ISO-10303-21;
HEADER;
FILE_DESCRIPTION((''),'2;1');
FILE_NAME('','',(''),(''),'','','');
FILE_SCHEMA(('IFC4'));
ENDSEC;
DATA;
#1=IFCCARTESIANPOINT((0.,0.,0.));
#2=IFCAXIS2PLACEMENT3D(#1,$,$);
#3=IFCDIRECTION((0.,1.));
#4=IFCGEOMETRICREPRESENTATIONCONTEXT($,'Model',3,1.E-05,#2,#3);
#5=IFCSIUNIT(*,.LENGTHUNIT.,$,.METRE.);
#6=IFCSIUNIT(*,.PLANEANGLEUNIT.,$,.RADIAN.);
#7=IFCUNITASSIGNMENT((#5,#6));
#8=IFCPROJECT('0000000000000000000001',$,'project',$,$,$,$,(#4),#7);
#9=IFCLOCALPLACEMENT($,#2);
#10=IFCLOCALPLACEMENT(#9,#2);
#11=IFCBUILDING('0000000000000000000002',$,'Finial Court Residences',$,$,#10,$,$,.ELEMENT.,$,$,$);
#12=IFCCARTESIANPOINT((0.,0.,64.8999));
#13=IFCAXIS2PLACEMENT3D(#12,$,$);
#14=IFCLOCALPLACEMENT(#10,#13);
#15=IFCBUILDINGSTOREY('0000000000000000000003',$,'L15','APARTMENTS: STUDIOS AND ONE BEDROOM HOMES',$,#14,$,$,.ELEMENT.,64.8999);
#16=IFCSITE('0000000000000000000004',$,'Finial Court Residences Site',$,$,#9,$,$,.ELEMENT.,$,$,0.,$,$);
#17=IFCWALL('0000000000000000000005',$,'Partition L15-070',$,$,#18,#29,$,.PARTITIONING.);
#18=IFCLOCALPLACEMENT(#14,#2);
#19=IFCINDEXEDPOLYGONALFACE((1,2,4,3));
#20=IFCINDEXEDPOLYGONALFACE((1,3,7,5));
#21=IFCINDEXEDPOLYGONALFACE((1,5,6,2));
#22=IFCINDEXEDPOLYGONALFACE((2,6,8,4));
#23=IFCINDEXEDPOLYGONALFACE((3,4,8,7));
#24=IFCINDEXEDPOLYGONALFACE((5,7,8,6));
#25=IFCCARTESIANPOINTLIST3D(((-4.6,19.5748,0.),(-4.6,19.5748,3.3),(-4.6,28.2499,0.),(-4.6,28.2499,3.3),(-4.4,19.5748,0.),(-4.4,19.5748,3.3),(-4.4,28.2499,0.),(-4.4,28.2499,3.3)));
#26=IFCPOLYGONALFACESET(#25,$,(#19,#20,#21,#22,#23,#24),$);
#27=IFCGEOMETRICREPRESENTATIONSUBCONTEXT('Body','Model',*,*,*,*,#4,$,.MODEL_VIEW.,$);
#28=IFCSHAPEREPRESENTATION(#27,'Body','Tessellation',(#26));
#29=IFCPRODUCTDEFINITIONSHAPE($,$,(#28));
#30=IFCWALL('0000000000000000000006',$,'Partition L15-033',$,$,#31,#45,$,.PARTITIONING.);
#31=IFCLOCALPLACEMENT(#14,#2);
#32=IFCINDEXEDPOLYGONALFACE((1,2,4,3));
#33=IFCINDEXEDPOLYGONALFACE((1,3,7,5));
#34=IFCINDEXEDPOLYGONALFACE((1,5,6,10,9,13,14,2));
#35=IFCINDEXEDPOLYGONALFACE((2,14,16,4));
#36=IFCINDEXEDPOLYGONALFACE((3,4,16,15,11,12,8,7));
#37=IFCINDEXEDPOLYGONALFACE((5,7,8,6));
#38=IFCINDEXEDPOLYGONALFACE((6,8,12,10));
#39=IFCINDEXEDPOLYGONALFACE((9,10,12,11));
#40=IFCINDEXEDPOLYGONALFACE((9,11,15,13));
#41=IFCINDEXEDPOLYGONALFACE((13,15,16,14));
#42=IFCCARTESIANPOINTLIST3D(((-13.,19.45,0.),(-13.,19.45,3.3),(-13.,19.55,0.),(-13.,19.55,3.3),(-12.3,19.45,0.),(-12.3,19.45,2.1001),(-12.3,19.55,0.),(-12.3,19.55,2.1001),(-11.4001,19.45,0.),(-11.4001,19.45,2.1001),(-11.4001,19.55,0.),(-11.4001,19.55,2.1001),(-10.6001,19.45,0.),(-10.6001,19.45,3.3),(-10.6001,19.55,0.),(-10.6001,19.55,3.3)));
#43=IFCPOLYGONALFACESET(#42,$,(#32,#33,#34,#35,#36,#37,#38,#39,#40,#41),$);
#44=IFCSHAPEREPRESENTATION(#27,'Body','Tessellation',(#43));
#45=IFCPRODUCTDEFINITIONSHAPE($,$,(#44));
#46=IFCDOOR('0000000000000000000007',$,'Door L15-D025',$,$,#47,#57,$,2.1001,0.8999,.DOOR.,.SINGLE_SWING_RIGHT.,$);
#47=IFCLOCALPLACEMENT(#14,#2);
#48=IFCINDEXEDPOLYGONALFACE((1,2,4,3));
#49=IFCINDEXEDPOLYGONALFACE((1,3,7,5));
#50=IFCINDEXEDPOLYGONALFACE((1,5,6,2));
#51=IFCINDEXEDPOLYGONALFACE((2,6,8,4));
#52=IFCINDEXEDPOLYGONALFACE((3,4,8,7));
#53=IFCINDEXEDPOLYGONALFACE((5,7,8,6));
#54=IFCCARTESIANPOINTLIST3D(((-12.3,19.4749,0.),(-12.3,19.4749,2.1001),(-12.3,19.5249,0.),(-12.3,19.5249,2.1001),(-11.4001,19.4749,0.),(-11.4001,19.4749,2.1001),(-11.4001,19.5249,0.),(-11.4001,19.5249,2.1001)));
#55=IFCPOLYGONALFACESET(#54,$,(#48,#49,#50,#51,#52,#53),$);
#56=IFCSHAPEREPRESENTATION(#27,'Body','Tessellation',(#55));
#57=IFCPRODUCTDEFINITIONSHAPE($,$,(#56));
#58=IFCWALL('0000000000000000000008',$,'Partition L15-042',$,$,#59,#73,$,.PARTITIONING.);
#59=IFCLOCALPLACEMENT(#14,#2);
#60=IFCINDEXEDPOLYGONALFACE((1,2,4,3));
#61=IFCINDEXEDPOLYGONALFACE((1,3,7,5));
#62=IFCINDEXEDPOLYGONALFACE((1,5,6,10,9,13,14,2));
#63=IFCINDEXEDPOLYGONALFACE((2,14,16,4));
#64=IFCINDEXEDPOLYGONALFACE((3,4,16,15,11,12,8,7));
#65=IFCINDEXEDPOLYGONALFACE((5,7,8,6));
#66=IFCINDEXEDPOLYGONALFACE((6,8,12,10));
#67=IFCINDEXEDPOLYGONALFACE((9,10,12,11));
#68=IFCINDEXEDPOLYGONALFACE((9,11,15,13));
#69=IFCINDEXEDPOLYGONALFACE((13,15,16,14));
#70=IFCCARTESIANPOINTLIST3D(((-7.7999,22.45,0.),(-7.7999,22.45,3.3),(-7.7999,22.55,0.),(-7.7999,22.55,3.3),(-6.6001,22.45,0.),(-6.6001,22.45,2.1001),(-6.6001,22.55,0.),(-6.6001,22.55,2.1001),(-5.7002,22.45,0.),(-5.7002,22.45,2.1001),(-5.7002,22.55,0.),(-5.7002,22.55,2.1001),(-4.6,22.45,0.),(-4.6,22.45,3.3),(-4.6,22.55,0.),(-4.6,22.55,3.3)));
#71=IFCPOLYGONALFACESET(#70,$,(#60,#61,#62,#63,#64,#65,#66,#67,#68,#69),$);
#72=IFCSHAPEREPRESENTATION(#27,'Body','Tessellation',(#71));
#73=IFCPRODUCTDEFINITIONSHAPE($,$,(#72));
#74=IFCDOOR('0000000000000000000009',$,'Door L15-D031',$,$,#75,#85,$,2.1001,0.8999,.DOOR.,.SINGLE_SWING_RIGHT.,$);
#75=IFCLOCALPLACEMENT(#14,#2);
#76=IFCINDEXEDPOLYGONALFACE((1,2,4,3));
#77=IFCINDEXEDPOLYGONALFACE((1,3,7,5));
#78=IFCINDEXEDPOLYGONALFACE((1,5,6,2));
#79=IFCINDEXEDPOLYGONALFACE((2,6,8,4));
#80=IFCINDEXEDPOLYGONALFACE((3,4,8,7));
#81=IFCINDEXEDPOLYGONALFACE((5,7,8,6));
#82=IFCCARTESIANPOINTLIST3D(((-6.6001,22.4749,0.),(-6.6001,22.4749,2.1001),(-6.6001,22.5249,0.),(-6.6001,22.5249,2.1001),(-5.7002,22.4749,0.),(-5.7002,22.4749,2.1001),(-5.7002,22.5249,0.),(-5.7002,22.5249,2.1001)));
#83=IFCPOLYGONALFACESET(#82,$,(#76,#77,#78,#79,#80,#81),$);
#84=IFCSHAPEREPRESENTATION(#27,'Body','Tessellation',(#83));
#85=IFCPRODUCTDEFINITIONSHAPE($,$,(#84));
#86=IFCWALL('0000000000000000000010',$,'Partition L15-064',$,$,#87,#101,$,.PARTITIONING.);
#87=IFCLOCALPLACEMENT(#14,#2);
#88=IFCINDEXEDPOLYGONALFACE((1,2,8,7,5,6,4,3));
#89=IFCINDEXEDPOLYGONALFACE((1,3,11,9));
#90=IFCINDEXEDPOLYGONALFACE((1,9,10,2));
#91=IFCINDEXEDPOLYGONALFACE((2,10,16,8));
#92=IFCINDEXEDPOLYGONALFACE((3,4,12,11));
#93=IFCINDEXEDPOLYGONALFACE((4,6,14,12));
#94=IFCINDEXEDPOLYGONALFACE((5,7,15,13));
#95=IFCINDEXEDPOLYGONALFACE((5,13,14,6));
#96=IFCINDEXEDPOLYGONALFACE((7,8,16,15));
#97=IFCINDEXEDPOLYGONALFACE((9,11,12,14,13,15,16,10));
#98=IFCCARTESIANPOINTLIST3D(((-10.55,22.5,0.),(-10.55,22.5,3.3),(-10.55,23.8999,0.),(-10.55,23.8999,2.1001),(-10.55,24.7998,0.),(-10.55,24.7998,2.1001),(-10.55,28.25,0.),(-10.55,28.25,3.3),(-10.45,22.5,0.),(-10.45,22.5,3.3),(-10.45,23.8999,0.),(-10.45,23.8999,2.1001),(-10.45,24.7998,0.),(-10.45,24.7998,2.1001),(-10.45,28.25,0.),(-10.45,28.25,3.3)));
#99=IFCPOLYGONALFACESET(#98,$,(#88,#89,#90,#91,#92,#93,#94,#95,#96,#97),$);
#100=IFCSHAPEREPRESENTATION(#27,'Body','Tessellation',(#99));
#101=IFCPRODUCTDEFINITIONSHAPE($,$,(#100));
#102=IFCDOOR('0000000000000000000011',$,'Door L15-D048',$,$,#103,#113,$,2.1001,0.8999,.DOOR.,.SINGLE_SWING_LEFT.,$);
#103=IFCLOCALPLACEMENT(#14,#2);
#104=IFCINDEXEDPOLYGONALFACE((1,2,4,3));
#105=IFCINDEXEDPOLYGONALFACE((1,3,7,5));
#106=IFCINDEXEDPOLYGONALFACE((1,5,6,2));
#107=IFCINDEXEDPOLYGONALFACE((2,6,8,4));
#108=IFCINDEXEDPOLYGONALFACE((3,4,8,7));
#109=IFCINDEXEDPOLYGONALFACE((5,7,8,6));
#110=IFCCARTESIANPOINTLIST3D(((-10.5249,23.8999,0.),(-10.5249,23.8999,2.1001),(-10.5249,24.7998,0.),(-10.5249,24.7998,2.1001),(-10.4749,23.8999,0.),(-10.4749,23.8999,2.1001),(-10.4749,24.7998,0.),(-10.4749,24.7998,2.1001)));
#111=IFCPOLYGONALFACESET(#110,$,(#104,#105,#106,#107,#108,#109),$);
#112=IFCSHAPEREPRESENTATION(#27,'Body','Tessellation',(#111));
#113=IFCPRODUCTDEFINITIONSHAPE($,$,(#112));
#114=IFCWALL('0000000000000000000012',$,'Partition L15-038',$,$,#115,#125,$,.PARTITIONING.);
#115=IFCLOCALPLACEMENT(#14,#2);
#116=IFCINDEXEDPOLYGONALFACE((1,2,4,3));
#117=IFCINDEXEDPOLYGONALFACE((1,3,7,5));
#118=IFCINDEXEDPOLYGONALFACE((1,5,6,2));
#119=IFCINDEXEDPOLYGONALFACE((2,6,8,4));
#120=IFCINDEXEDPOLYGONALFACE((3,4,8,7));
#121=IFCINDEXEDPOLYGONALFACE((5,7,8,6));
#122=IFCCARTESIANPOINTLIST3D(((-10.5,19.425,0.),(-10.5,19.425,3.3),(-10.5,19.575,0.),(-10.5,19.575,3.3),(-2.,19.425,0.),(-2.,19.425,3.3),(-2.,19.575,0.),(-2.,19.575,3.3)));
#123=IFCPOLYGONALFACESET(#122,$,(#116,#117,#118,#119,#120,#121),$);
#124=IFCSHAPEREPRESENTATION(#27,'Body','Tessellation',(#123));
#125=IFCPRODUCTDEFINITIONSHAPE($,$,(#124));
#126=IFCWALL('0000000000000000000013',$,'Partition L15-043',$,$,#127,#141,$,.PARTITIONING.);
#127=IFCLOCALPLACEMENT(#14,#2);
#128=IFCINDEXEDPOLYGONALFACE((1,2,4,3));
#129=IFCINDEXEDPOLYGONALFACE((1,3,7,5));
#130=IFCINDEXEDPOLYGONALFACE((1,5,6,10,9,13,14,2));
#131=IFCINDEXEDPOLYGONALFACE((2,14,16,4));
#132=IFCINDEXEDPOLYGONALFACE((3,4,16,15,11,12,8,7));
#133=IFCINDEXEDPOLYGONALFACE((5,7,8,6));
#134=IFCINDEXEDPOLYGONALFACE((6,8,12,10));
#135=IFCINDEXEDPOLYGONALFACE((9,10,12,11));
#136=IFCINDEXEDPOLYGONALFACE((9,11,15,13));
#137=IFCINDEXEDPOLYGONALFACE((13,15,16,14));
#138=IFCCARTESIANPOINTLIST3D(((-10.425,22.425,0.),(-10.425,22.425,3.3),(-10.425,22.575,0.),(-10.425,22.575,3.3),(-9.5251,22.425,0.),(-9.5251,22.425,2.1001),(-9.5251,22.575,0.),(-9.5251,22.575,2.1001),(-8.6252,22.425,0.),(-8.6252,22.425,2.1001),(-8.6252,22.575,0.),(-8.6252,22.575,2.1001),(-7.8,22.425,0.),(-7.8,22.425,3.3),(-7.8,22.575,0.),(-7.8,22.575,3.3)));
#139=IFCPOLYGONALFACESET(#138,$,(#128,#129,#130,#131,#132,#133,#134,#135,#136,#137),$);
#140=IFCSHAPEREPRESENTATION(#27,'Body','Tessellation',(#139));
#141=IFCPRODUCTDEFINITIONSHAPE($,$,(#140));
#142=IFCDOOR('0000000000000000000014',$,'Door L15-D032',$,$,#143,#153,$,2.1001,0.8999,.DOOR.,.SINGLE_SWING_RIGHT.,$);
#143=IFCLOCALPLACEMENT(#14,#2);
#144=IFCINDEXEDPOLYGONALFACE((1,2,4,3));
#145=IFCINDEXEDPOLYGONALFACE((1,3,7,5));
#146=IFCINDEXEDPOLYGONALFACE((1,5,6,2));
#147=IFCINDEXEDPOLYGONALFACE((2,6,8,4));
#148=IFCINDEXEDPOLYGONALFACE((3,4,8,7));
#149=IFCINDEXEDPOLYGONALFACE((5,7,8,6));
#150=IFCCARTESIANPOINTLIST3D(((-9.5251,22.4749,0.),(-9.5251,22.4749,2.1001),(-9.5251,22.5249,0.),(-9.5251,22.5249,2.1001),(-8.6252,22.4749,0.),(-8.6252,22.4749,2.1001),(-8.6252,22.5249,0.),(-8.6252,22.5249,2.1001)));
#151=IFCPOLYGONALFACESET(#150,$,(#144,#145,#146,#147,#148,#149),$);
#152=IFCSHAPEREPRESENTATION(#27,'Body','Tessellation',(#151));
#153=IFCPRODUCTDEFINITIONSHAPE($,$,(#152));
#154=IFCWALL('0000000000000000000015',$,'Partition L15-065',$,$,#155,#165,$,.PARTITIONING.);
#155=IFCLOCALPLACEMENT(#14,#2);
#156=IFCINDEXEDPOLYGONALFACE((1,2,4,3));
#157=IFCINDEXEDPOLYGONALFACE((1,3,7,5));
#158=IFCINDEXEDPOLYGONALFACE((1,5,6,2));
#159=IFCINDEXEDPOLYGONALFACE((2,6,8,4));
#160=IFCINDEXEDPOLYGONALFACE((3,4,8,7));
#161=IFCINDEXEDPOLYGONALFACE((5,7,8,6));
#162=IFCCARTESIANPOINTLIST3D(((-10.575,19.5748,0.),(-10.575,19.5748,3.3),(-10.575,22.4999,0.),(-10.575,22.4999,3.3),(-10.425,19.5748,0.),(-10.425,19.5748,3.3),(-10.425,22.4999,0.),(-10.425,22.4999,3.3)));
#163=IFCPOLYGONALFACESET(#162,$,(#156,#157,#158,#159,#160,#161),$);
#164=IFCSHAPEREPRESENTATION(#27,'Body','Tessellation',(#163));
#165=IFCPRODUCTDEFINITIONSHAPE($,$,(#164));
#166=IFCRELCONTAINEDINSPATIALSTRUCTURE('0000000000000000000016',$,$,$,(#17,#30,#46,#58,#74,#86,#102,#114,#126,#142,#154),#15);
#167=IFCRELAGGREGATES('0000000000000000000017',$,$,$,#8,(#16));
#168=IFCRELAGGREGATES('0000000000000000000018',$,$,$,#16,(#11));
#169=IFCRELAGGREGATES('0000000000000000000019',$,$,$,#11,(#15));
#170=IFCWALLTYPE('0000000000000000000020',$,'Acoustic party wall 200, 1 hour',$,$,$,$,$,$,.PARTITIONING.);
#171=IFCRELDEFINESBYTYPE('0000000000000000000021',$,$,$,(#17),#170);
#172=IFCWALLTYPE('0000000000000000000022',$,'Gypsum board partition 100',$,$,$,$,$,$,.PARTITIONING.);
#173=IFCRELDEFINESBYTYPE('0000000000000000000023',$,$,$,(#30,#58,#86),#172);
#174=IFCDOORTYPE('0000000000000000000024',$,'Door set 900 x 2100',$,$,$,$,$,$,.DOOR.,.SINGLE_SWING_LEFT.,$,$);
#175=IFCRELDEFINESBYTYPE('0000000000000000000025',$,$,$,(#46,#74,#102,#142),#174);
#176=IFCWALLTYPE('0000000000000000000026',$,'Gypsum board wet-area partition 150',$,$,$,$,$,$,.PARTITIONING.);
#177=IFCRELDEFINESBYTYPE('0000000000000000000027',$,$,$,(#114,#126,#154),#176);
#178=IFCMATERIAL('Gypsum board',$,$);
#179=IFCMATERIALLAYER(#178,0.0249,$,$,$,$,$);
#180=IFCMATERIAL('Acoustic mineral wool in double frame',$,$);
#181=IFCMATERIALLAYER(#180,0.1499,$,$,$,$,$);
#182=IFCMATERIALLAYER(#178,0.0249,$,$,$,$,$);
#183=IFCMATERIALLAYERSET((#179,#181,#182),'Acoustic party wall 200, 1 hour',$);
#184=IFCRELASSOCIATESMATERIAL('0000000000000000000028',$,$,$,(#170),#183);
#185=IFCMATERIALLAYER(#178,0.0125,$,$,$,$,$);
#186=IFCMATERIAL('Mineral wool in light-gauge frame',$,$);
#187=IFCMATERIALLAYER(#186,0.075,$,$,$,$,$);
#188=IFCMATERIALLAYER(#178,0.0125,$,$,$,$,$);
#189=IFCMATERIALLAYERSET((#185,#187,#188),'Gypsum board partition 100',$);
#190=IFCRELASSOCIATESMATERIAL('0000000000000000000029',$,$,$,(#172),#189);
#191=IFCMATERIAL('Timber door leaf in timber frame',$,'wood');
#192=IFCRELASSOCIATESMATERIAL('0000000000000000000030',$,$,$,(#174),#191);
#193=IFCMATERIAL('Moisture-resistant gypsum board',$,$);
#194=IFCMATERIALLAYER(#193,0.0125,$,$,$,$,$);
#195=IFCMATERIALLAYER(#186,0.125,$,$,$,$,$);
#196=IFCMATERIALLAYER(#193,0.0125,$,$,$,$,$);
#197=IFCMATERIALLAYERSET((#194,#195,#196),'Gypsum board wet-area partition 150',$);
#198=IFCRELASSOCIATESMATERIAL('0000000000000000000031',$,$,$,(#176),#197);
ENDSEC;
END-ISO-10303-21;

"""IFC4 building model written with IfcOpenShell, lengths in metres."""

from ifc_helpers import new_model, si_unit, direction, frame, frame_2d, origin, place, context, subcontext, project, spatial, rectangle, extrude, material, layer, layer_set, type_object, element, fill, save


model = new_model("IFC4")

# Units and contexts
model_context = context("Model", 3, precision=1e-05, world=origin(), true_north=direction((0.0, 1.0)))
body_context = subcontext(model_context, "Body", "Model", "MODEL_VIEW")
ifc_project = project(units=[si_unit("LENGTHUNIT", "METRE"), si_unit("PLANEANGLEUNIT", "RADIAN")], contexts=[model_context])

# Site, building, storey
site_placement = place(None, origin())
site = spatial("IfcSite", under=ifc_project, at=site_placement, Name="Finial Court Residences Site", CompositionType="ELEMENT", RefElevation=0.0)
building_placement = place(site_placement, origin())
building = spatial("IfcBuilding", under=site, at=building_placement, Name="Finial Court Residences", CompositionType="ELEMENT")
storey_placement = place(building_placement, frame((0.0, 0.0, 64.8999)))
storey = spatial("IfcBuildingStorey", under=building, at=storey_placement, Name="L15", Description="APARTMENTS: STUDIOS AND ONE BEDROOM HOMES", CompositionType="ELEMENT", Elevation=64.8999)

# Wall
ifc_material_1 = material(Name="Gypsum board")
ifc_layer_1 = layer(ifc_material_1, 0.0249)
ifc_material_2 = material(Name="Acoustic mineral wool in double frame")
ifc_layer_2 = layer(ifc_material_2, 0.1499)
ifc_layer_3 = layer(ifc_material_1, 0.0249)
ifc_layer_set_1 = layer_set([ifc_layer_1, ifc_layer_2, ifc_layer_3], Name="Acoustic party wall 200, 1 hour")
wall_type_1 = type_object("IfcWallType", Name="Acoustic party wall 200, 1 hour", PredefinedType="PARTITIONING", material=ifc_layer_set_1)
wall_1_placement = place(storey_placement, frame((-4.5, 19.575, 0.0), z_axis=(0.0, 0.0, 1.0), x_axis=(0.0, 1.0, 0.0)))
element("IfcWall", 1, at=wall_1_placement, inside=storey, type_object=wall_type_1, Name="Partition L15-070", PredefinedType="PARTITIONING", context=body_context, shape_type="SweptSolid", body=[
    extrude(rectangle(XDim=8.675, YDim=0.2, at=frame_2d((4.3374, 0.0))), origin(), (0.0, 0.0, 1.0), 3.3),
])

# Walls, openings, doors
ifc_layer_4 = layer(ifc_material_1, 0.0125)
ifc_material_3 = material(Name="Mineral wool in light-gauge frame")
ifc_layer_5 = layer(ifc_material_3, 0.075)
ifc_layer_6 = layer(ifc_material_1, 0.0125)
ifc_layer_set_2 = layer_set([ifc_layer_4, ifc_layer_5, ifc_layer_6], Name="Gypsum board partition 100")
wall_type_2 = type_object("IfcWallType", Name="Gypsum board partition 100", PredefinedType="PARTITIONING", material=ifc_layer_set_2)
wall_2_placement = place(storey_placement, frame((-13.0, 19.5, 0.0), z_axis=(0.0, 0.0, 1.0), x_axis=(1.0, 0.0, 0.0)))
wall_2 = element("IfcWall", 2, at=wall_2_placement, inside=storey, type_object=wall_type_2, Name="Partition L15-033", PredefinedType="PARTITIONING", context=body_context, shape_type="SweptSolid", body=[
    extrude(rectangle(XDim=2.3999, YDim=0.1001, at=frame_2d((1.2, 0.0))), origin(), (0.0, 0.0, 1.0), 3.3),
])
opening_1_placement = place(wall_2_placement, frame((0.7, 0.0, 0.0)))
opening_1 = element("IfcOpeningElement", 3, at=opening_1_placement, cuts=wall_2, PredefinedType="OPENING", context=body_context, shape_type="SweptSolid", body=[
    extrude(rectangle(XDim=0.8999, YDim=2.1001, at=frame_2d((0.45, 1.05))), frame((0.0, 0.0601, 0.0), z_axis=(0.0, -1.0, 0.0), x_axis=(1.0, 0.0, 0.0)), (0.0, 0.0, 1.0), 0.1201),
])
ifc_material_4 = material(Name="Timber door leaf in timber frame", Category="wood")
door_type = type_object("IfcDoorType", Name="Door set 900 x 2100", OperationType="SINGLE_SWING_LEFT", PredefinedType="DOOR", material=ifc_material_4)
door_1_placement = place(opening_1_placement, origin())
door_1 = element("IfcDoor", 4, at=door_1_placement, inside=storey, type_object=door_type, Name="Door L15-D025", OperationType="SINGLE_SWING_RIGHT", OverallHeight=2.1001, OverallWidth=0.8999, PredefinedType="DOOR", context=body_context, shape_type="SweptSolid", body=[
    extrude(rectangle(XDim=0.8999, YDim=2.1001, at=frame_2d((0.45, 1.05))), frame((0.0, 0.0249, 0.0), z_axis=(0.0, -1.0, 0.0), x_axis=(1.0, 0.0, 0.0)), (0.0, 0.0, 1.0), 0.05),
])
fill(opening_1, door_1)
wall_3_placement = place(storey_placement, frame((-7.8, 22.5, 0.0), z_axis=(0.0, 0.0, 1.0), x_axis=(1.0, 0.0, 0.0)))
wall_3 = element("IfcWall", 5, at=wall_3_placement, inside=storey, type_object=wall_type_2, Name="Partition L15-042", PredefinedType="PARTITIONING", context=body_context, shape_type="SweptSolid", body=[
    extrude(rectangle(XDim=3.2, YDim=0.1001, at=frame_2d((1.6001, 0.0))), origin(), (0.0, 0.0, 1.0), 3.3),
])
opening_2_placement = place(wall_3_placement, frame((1.2, 0.0, 0.0)))
opening_2 = element("IfcOpeningElement", 6, at=opening_2_placement, cuts=wall_3, PredefinedType="OPENING", context=body_context, shape_type="SweptSolid", body=[
    extrude(rectangle(XDim=0.8999, YDim=2.1001, at=frame_2d((0.45, 1.05))), frame((0.0, 0.0601, 0.0), z_axis=(0.0, -1.0, 0.0), x_axis=(1.0, 0.0, 0.0)), (0.0, 0.0, 1.0), 0.1201),
])
door_2_placement = place(opening_2_placement, origin())
door_2 = element("IfcDoor", 7, at=door_2_placement, inside=storey, type_object=door_type, Name="Door L15-D031", OperationType="SINGLE_SWING_RIGHT", OverallHeight=2.1001, OverallWidth=0.8999, PredefinedType="DOOR", context=body_context, shape_type="SweptSolid", body=[
    extrude(rectangle(XDim=0.8999, YDim=2.1001, at=frame_2d((0.45, 1.05))), frame((0.0, 0.0249, 0.0), z_axis=(0.0, -1.0, 0.0), x_axis=(1.0, 0.0, 0.0)), (0.0, 0.0, 1.0), 0.05),
])
fill(opening_2, door_2)
wall_4_placement = place(storey_placement, frame((-10.5, 22.5, 0.0), z_axis=(0.0, 0.0, 1.0), x_axis=(0.0, 1.0, 0.0)))
wall_4 = element("IfcWall", 8, at=wall_4_placement, inside=storey, type_object=wall_type_2, Name="Partition L15-064", PredefinedType="PARTITIONING", context=body_context, shape_type="SweptSolid", body=[
    extrude(rectangle(XDim=5.75, YDim=0.1001, at=frame_2d((2.875, 0.0))), origin(), (0.0, 0.0, 1.0), 3.3),
])
opening_3_placement = place(wall_4_placement, frame((1.3999, 0.0, 0.0)))
opening_3 = element("IfcOpeningElement", 9, at=opening_3_placement, cuts=wall_4, PredefinedType="OPENING", context=body_context, shape_type="SweptSolid", body=[
    extrude(rectangle(XDim=0.8999, YDim=2.1001, at=frame_2d((0.45, 1.05))), frame((0.0, 0.0601, 0.0), z_axis=(0.0, -1.0, 0.0), x_axis=(1.0, 0.0, 0.0)), (0.0, 0.0, 1.0), 0.1201),
])
door_3_placement = place(opening_3_placement, origin())
door_3 = element("IfcDoor", 10, at=door_3_placement, inside=storey, type_object=door_type, Name="Door L15-D048", OperationType="SINGLE_SWING_LEFT", OverallHeight=2.1001, OverallWidth=0.8999, PredefinedType="DOOR", context=body_context, shape_type="SweptSolid", body=[
    extrude(rectangle(XDim=0.8999, YDim=2.1001, at=frame_2d((0.45, 1.05))), frame((0.0, 0.0249, 0.0), z_axis=(0.0, -1.0, 0.0), x_axis=(1.0, 0.0, 0.0)), (0.0, 0.0, 1.0), 0.05),
])
fill(opening_3, door_3)

# Wall
ifc_material_5 = material(Name="Moisture-resistant gypsum board")
ifc_layer_7 = layer(ifc_material_5, 0.0125)
ifc_layer_8 = layer(ifc_material_3, 0.125)
ifc_layer_9 = layer(ifc_material_5, 0.0125)
ifc_layer_set_3 = layer_set([ifc_layer_7, ifc_layer_8, ifc_layer_9], Name="Gypsum board wet-area partition 150")
wall_type_3 = type_object("IfcWallType", Name="Gypsum board wet-area partition 150", PredefinedType="PARTITIONING", material=ifc_layer_set_3)
wall_5_placement = place(storey_placement, frame((-10.5, 19.5, 0.0), z_axis=(0.0, 0.0, 1.0), x_axis=(1.0, 0.0, 0.0)))
element("IfcWall", 11, at=wall_5_placement, inside=storey, type_object=wall_type_3, Name="Partition L15-038", PredefinedType="PARTITIONING", context=body_context, shape_type="SweptSolid", body=[
    extrude(rectangle(XDim=8.5, YDim=0.1499, at=frame_2d((4.25, 0.0))), origin(), (0.0, 0.0, 1.0), 3.3),
])

# Wall, opening, door
wall_6_placement = place(storey_placement, frame((-10.425, 22.5, 0.0), z_axis=(0.0, 0.0, 1.0), x_axis=(1.0, 0.0, 0.0)))
wall_6 = element("IfcWall", 12, at=wall_6_placement, inside=storey, type_object=wall_type_3, Name="Partition L15-043", PredefinedType="PARTITIONING", context=body_context, shape_type="SweptSolid", body=[
    extrude(rectangle(XDim=2.625, YDim=0.1499, at=frame_2d((1.3125, 0.0))), origin(), (0.0, 0.0, 1.0), 3.3),
])
opening_4_placement = place(wall_6_placement, frame((0.8999, 0.0, 0.0)))
opening_4 = element("IfcOpeningElement", 13, at=opening_4_placement, cuts=wall_6, PredefinedType="OPENING", context=body_context, shape_type="SweptSolid", body=[
    extrude(rectangle(XDim=0.8999, YDim=2.1001, at=frame_2d((0.45, 1.05))), frame((0.0, 0.085, 0.0), z_axis=(0.0, -1.0, 0.0), x_axis=(1.0, 0.0, 0.0)), (0.0, 0.0, 1.0), 0.1699),
])
door_4_placement = place(opening_4_placement, origin())
door_4 = element("IfcDoor", 14, at=door_4_placement, inside=storey, type_object=door_type, Name="Door L15-D032", OperationType="SINGLE_SWING_RIGHT", OverallHeight=2.1001, OverallWidth=0.8999, PredefinedType="DOOR", context=body_context, shape_type="SweptSolid", body=[
    extrude(rectangle(XDim=0.8999, YDim=2.1001, at=frame_2d((0.45, 1.05))), frame((0.0, 0.0249, 0.0), z_axis=(0.0, -1.0, 0.0), x_axis=(1.0, 0.0, 0.0)), (0.0, 0.0, 1.0), 0.05),
])
fill(opening_4, door_4)

# Wall
wall_7_placement = place(storey_placement, frame((-10.5, 19.575, 0.0), z_axis=(0.0, 0.0, 1.0), x_axis=(0.0, 1.0, 0.0)))
element("IfcWall", 15, at=wall_7_placement, inside=storey, type_object=wall_type_3, Name="Partition L15-065", PredefinedType="PARTITIONING", context=body_context, shape_type="SweptSolid", body=[
    extrude(rectangle(XDim=2.925, YDim=0.1499, at=frame_2d((1.4624, 0.0))), origin(), (0.0, 0.0, 1.0), 3.3),
])

save(model, "model.ifc")
